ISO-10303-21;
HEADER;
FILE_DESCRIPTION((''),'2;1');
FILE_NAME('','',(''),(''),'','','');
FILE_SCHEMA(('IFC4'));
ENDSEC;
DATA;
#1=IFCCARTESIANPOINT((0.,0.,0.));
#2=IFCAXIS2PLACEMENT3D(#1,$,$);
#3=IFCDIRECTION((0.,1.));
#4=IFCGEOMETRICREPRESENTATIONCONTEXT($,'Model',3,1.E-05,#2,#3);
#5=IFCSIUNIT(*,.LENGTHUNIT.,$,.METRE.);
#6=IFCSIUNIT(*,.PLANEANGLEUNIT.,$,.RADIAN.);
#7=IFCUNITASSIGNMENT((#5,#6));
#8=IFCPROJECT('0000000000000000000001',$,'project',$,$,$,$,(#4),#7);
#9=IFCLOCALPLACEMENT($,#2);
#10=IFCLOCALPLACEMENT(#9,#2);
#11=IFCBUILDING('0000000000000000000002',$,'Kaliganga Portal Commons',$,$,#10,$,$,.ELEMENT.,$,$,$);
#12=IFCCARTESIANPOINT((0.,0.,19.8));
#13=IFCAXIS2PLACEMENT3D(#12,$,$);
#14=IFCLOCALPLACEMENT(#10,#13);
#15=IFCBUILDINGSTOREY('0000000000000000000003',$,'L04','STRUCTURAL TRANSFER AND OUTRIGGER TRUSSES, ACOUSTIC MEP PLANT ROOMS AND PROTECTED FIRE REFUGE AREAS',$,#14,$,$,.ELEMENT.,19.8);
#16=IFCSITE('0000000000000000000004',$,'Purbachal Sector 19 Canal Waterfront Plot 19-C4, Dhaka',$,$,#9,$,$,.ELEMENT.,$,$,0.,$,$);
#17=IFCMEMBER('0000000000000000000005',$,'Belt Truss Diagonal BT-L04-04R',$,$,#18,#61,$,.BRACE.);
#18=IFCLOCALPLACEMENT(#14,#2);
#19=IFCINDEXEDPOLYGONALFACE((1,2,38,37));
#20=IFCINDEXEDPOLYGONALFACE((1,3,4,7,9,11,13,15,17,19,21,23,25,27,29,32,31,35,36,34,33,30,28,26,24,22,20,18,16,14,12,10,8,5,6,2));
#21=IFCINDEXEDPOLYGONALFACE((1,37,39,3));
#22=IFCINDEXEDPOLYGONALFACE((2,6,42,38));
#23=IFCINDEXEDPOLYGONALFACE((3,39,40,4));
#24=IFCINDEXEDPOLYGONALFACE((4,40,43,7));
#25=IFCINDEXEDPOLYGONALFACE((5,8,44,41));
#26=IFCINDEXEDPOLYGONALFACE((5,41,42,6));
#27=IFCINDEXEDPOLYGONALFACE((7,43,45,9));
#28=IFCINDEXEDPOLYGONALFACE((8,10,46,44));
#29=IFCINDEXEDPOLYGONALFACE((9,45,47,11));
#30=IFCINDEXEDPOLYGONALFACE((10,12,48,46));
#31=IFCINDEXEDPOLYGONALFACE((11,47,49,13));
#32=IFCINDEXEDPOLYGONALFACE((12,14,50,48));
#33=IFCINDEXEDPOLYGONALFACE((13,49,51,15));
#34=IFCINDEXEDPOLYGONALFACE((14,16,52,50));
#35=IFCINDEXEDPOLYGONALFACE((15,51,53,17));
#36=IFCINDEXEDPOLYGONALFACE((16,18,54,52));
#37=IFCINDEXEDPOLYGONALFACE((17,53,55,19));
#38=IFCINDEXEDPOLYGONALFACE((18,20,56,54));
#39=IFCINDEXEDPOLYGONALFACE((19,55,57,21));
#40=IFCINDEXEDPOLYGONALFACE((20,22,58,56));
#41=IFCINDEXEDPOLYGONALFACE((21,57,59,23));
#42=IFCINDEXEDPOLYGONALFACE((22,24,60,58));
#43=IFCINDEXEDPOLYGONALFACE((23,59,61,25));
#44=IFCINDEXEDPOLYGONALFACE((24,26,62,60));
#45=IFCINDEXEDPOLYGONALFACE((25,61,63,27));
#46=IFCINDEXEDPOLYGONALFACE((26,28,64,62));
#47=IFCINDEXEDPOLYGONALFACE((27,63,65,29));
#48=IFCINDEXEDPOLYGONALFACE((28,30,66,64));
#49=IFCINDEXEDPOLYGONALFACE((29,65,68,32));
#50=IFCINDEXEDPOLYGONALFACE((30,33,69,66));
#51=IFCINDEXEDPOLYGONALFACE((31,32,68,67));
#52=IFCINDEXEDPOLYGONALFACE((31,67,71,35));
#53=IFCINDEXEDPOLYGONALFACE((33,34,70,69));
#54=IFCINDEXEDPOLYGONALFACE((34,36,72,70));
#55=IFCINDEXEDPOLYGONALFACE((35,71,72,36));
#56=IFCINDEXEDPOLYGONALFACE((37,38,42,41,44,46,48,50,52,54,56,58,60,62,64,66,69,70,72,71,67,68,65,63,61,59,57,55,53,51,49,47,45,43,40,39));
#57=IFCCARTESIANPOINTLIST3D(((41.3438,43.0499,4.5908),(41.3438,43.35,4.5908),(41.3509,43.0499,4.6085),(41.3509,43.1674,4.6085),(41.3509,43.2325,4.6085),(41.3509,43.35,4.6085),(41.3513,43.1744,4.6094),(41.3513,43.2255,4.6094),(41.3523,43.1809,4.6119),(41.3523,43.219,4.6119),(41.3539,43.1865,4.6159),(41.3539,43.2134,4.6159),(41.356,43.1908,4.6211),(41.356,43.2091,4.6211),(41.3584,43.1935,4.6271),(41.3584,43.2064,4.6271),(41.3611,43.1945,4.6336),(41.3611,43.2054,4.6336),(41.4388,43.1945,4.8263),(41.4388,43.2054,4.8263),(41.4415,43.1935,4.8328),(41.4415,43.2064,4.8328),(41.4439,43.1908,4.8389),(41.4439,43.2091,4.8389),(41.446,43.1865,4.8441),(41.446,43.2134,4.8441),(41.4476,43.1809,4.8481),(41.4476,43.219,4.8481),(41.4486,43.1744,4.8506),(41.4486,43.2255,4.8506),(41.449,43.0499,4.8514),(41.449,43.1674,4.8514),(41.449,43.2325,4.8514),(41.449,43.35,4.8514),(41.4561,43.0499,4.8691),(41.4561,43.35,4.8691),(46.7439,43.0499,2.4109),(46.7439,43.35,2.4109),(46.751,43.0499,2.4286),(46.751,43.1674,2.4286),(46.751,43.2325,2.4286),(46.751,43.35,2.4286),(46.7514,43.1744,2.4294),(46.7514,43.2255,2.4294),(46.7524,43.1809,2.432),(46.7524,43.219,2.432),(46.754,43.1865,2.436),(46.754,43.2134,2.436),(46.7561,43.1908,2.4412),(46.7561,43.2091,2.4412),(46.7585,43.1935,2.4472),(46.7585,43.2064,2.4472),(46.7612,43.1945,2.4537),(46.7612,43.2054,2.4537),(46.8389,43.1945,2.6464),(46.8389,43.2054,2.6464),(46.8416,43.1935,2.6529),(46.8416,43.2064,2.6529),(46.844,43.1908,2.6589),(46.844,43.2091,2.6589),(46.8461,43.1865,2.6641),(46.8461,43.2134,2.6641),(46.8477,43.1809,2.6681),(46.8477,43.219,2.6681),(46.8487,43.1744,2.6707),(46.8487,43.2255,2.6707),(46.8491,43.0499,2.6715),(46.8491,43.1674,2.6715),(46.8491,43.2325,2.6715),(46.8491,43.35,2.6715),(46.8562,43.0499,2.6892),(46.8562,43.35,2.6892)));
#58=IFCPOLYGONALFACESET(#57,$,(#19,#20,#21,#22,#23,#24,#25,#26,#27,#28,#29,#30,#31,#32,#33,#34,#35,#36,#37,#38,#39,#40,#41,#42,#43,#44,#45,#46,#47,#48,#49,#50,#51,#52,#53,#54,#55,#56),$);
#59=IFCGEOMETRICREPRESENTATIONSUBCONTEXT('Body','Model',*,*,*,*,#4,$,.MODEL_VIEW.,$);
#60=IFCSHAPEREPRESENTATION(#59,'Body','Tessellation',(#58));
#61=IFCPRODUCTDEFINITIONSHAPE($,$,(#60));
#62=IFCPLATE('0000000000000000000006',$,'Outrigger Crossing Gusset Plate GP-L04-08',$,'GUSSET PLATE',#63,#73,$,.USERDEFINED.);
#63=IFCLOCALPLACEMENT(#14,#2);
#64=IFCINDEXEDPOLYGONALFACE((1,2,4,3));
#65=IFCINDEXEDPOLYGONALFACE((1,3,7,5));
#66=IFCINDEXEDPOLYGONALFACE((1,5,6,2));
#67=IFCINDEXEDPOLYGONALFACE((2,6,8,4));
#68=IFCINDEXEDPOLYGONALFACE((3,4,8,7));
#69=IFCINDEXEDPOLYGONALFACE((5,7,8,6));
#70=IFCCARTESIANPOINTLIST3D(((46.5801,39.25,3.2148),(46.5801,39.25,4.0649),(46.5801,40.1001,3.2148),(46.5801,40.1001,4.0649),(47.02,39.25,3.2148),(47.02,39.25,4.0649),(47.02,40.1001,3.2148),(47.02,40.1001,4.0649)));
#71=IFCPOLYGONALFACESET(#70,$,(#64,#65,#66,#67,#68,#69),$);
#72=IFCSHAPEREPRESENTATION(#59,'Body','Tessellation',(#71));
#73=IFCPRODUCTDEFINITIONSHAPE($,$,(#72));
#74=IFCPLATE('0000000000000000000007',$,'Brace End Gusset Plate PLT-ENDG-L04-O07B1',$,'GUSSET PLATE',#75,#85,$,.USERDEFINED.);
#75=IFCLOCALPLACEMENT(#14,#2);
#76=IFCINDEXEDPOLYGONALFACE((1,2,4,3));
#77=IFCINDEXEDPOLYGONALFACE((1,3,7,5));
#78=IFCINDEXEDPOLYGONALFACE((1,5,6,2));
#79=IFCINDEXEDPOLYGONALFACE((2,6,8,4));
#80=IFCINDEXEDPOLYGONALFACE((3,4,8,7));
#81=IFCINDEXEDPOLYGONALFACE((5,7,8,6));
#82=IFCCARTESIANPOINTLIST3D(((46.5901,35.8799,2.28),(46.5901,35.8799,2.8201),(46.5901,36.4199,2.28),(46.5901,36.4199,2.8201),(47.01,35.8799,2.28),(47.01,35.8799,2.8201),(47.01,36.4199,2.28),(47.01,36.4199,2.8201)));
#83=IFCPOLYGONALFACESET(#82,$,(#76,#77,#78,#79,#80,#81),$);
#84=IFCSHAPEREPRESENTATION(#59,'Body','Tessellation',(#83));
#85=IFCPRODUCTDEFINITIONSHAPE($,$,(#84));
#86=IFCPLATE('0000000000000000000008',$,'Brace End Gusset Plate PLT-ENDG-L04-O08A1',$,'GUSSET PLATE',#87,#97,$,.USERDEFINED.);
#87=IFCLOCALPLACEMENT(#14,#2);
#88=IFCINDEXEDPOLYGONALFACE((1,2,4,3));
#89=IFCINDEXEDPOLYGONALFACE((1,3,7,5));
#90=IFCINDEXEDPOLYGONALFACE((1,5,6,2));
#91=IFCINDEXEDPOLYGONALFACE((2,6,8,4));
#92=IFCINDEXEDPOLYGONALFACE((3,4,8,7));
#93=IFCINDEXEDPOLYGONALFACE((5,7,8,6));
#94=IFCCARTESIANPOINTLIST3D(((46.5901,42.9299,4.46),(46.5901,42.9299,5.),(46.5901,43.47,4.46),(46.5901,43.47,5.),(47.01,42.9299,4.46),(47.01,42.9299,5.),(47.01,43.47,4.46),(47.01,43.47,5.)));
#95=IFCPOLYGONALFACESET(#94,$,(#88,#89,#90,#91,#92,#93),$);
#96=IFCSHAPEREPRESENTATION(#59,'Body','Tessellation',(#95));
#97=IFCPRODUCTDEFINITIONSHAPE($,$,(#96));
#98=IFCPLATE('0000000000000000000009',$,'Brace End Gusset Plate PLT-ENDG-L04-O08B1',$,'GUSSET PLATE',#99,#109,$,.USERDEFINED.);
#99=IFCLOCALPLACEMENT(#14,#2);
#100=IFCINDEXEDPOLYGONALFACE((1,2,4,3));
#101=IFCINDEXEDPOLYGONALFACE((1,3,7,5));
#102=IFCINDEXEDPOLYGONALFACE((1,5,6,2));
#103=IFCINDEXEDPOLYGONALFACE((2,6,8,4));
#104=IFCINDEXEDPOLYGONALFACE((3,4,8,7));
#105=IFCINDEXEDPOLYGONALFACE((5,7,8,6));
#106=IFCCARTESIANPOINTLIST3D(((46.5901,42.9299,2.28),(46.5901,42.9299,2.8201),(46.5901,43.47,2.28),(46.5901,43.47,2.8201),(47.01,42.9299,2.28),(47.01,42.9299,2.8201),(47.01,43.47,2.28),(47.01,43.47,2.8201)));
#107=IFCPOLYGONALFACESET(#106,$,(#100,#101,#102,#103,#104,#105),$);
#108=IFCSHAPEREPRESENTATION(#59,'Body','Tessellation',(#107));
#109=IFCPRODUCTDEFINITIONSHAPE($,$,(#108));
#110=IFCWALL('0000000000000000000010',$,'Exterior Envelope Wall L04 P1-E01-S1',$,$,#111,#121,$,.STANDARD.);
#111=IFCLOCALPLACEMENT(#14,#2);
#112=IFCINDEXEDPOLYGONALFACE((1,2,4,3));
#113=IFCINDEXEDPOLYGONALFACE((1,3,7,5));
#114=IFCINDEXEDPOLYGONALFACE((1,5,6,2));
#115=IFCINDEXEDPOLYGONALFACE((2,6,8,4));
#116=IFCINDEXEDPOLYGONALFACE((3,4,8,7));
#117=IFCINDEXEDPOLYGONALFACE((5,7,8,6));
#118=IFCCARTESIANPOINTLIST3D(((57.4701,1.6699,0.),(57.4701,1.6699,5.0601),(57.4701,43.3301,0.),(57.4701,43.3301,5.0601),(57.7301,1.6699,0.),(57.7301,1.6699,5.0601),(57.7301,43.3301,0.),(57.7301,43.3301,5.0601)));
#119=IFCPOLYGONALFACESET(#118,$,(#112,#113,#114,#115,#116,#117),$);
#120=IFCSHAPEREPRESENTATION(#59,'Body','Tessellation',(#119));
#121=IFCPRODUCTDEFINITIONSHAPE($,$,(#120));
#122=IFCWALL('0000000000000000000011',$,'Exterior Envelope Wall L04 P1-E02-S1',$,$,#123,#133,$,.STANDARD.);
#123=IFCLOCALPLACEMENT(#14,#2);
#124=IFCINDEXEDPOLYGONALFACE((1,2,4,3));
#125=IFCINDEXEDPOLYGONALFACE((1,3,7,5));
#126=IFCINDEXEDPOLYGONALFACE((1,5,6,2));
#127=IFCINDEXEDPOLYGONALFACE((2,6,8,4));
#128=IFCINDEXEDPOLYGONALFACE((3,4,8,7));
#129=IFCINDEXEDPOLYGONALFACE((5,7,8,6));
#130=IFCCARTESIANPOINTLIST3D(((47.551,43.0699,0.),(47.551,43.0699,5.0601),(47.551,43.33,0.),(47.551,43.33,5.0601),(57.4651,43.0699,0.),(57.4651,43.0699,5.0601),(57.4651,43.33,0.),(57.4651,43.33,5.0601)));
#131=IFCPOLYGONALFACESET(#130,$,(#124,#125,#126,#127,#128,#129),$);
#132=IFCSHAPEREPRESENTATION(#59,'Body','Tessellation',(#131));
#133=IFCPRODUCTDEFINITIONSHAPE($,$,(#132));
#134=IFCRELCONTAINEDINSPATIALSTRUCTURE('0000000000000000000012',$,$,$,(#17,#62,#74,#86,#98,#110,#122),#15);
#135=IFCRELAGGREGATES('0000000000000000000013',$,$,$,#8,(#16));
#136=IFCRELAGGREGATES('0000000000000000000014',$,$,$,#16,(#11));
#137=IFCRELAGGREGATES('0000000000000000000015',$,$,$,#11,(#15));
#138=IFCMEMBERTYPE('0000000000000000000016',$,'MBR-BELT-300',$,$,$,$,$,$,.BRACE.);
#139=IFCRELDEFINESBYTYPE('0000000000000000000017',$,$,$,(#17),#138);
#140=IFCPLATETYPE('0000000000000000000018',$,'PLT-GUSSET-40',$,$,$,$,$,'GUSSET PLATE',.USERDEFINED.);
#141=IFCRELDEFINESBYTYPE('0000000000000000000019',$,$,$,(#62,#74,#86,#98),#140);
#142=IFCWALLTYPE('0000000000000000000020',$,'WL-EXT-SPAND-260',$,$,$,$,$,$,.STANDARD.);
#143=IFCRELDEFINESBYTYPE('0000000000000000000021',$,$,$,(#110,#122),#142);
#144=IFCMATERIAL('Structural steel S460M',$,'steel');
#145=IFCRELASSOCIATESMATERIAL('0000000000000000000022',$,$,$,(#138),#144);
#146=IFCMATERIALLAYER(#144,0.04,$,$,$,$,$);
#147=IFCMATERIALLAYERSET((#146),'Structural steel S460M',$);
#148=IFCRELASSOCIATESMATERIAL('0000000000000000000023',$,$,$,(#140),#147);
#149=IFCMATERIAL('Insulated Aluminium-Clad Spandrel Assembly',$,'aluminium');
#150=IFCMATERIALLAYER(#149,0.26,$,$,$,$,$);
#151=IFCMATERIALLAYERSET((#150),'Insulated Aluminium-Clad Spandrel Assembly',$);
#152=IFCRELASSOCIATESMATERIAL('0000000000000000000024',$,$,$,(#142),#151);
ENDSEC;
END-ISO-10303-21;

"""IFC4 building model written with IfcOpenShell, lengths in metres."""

from ifc_helpers import new_model, si_unit, direction, frame, frame_2d, origin, origin_2d, place, context, subcontext, project, spatial, rectangle, i_section, extrude, source, transform, mapped, material, layer, layer_set, material_profile, profile_set, type_object, element, save


model = new_model("IFC4")

# Units and contexts
model_context = context("Model", 3, precision=1e-05, world=origin(), true_north=direction((0.0, 1.0)))
body_context = subcontext(model_context, "Body", "Model", "MODEL_VIEW")
ifc_project = project(units=[si_unit("LENGTHUNIT", "METRE"), si_unit("PLANEANGLEUNIT", "RADIAN")], contexts=[model_context])

# Site, building, storey
site_placement = place(None, origin())
site = spatial("IfcSite", under=ifc_project, at=site_placement, Name="Purbachal Sector 19 Canal Waterfront Plot 19-C4, Dhaka", CompositionType="ELEMENT", RefElevation=0.0)
building_placement = place(site_placement, origin())
building = spatial("IfcBuilding", under=site, at=building_placement, Name="Kaliganga Portal Commons", CompositionType="ELEMENT")
storey_placement = place(building_placement, frame((0.0, 0.0, 19.8)))
storey = spatial("IfcBuildingStorey", under=building, at=storey_placement, Name="L04", Description="STRUCTURAL TRANSFER AND OUTRIGGER TRUSSES, ACOUSTIC MEP PLANT ROOMS AND PROTECTED FIRE REFUGE AREAS", CompositionType="ELEMENT", Elevation=19.8)

# Member
ifc_material_1 = material(Name="Structural steel S460M", Category="steel")
ifc_material_profile_1 = material_profile(ifc_material_1, i_section(OverallWidth=0.3, OverallDepth=0.3, WebThickness=0.011, FlangeThickness=0.019, FilletRadius=0.0271, at=origin_2d()), Name="HE 300 B")
ifc_profile_set_1 = profile_set([ifc_material_profile_1], Name="Structural steel S460M wide-flange")
member_type_1 = type_object("IfcMemberType", Name="MBR-BELT-300", PredefinedType="BRACE", material=ifc_profile_set_1)
shared_shape_1 = source(origin(), body_context, "Body", "SweptSolid", [
    extrude(i_section(OverallWidth=0.3, OverallDepth=0.3, WebThickness=0.011, FlangeThickness=0.019, FilletRadius=0.0271, at=origin_2d()), origin(), (0.0, 0.0, 1.0), 5.8235),
])
member_1_placement = place(storey_placement, frame((46.8, 43.2, 2.55), z_axis=(-0.927295, 0.0, 0.374331), x_axis=(0.0, -1.0, 0.0)))
element("IfcMember", 1, at=member_1_placement, inside=storey, type_object=member_type_1, Name="Belt Truss Diagonal BT-L04-04R", PredefinedType="BRACE", context=body_context, shape_type="MappedRepresentation", body=[
    mapped(shared_shape_1, transform((0.0, 0.0, 0.0), x_axis=(1.0, 0.0, 0.0), y_axis=(0.0, 1.0, 0.0), z_axis=(0.0, 0.0, 1.0), scale=1.0)),
])

# Plates
ifc_layer_1 = layer(ifc_material_1, 0.04)
ifc_layer_set_1 = layer_set([ifc_layer_1], Name="Structural steel S460M")
plate_type = type_object("IfcPlateType", Name="PLT-GUSSET-40", ElementType="GUSSET PLATE", PredefinedType="USERDEFINED", material=ifc_layer_set_1)
shared_shape_2 = source(origin(), body_context, "Body", "SweptSolid", [
    extrude(rectangle(XDim=0.8501, YDim=0.4399, at=origin_2d()), origin(), (0.0, 0.0, 1.0), 0.8501),
])
plate_placement = place(storey_placement, frame((46.8, 39.675, 3.2148), z_axis=(0.0, 0.0, 1.0), x_axis=(0.0, 1.0, 0.0)))
element("IfcPlate", 2, at=plate_placement, inside=storey, type_object=plate_type, Name="Outrigger Crossing Gusset Plate GP-L04-08", ObjectType="GUSSET PLATE", PredefinedType="USERDEFINED", context=body_context, shape_type="MappedRepresentation", body=[
    mapped(shared_shape_2, transform((0.0, 0.0, 0.0), x_axis=(1.0, 0.0, 0.0), y_axis=(0.0, 1.0, 0.0), z_axis=(0.0, 0.0, 1.0), scale=1.0)),
])
shared_shape_3 = source(origin(), body_context, "Body", "SweptSolid", [
    extrude(rectangle(XDim=0.54, YDim=0.4199, at=origin_2d()), origin(), (0.0, 0.0, 1.0), 0.54),
])
for number, where, z_axis, x_axis, name in (
    (3, (46.8, 36.1499, 2.28), (0.0, 0.0, 1.0), (0.0, 1.0, 0.0), "Brace End Gusset Plate PLT-ENDG-L04-O07B1"),
    (4, (46.8, 43.2, 4.46), (0.0, 0.0, 1.0), (0.0, 1.0, 0.0), "Brace End Gusset Plate PLT-ENDG-L04-O08A1"),
    (5, (46.8, 43.2, 2.28), (0.0, 0.0, 1.0), (0.0, 1.0, 0.0), "Brace End Gusset Plate PLT-ENDG-L04-O08B1"),
):
    element("IfcPlate", number, at=place(storey_placement, frame(where, z_axis=z_axis, x_axis=x_axis)), inside=storey, type_object=plate_type, Name=name, ObjectType="GUSSET PLATE", PredefinedType="USERDEFINED", context=body_context, shape_type="MappedRepresentation", body=[
        mapped(shared_shape_3, transform((0.0, 0.0, 0.0), x_axis=(1.0, 0.0, 0.0), y_axis=(0.0, 1.0, 0.0), z_axis=(0.0, 0.0, 1.0), scale=1.0)),
    ])

# Walls
ifc_material_2 = material(Name="Insulated Aluminium-Clad Spandrel Assembly", Category="aluminium")
ifc_layer_2 = layer(ifc_material_2, 0.26)
ifc_layer_set_2 = layer_set([ifc_layer_2], Name="Insulated Aluminium-Clad Spandrel Assembly")
wall_type = type_object("IfcWallType", Name="WL-EXT-SPAND-260", PredefinedType="STANDARD", material=ifc_layer_set_2)
wall_1_placement = place(storey_placement, frame((57.6001, 43.3301, 0.0), z_axis=(0.0, 0.0, 1.0), x_axis=(0.0, -1.0, 0.0)))
element("IfcWall", 6, at=wall_1_placement, inside=storey, type_object=wall_type, Name="Exterior Envelope Wall L04 P1-E01-S1", PredefinedType="STANDARD", context=body_context, shape_type="SweptSolid", body=[
    extrude(rectangle(XDim=41.6602, YDim=0.26, at=frame_2d((20.8301, 0.0))), origin(), (0.0, 0.0, 1.0), 5.0601),
])
wall_2_placement = place(storey_placement, frame((47.551, 43.2, 0.0), z_axis=(0.0, 0.0, 1.0), x_axis=(1.0, 0.0, 0.0)))
element("IfcWall", 7, at=wall_2_placement, inside=storey, type_object=wall_type, Name="Exterior Envelope Wall L04 P1-E02-S1", PredefinedType="STANDARD", context=body_context, shape_type="SweptSolid", body=[
    extrude(rectangle(XDim=9.9141, YDim=0.26, at=frame_2d((4.957, 0.0))), origin(), (0.0, 0.0, 1.0), 5.0601),
])

save(model, "model.ifc")
